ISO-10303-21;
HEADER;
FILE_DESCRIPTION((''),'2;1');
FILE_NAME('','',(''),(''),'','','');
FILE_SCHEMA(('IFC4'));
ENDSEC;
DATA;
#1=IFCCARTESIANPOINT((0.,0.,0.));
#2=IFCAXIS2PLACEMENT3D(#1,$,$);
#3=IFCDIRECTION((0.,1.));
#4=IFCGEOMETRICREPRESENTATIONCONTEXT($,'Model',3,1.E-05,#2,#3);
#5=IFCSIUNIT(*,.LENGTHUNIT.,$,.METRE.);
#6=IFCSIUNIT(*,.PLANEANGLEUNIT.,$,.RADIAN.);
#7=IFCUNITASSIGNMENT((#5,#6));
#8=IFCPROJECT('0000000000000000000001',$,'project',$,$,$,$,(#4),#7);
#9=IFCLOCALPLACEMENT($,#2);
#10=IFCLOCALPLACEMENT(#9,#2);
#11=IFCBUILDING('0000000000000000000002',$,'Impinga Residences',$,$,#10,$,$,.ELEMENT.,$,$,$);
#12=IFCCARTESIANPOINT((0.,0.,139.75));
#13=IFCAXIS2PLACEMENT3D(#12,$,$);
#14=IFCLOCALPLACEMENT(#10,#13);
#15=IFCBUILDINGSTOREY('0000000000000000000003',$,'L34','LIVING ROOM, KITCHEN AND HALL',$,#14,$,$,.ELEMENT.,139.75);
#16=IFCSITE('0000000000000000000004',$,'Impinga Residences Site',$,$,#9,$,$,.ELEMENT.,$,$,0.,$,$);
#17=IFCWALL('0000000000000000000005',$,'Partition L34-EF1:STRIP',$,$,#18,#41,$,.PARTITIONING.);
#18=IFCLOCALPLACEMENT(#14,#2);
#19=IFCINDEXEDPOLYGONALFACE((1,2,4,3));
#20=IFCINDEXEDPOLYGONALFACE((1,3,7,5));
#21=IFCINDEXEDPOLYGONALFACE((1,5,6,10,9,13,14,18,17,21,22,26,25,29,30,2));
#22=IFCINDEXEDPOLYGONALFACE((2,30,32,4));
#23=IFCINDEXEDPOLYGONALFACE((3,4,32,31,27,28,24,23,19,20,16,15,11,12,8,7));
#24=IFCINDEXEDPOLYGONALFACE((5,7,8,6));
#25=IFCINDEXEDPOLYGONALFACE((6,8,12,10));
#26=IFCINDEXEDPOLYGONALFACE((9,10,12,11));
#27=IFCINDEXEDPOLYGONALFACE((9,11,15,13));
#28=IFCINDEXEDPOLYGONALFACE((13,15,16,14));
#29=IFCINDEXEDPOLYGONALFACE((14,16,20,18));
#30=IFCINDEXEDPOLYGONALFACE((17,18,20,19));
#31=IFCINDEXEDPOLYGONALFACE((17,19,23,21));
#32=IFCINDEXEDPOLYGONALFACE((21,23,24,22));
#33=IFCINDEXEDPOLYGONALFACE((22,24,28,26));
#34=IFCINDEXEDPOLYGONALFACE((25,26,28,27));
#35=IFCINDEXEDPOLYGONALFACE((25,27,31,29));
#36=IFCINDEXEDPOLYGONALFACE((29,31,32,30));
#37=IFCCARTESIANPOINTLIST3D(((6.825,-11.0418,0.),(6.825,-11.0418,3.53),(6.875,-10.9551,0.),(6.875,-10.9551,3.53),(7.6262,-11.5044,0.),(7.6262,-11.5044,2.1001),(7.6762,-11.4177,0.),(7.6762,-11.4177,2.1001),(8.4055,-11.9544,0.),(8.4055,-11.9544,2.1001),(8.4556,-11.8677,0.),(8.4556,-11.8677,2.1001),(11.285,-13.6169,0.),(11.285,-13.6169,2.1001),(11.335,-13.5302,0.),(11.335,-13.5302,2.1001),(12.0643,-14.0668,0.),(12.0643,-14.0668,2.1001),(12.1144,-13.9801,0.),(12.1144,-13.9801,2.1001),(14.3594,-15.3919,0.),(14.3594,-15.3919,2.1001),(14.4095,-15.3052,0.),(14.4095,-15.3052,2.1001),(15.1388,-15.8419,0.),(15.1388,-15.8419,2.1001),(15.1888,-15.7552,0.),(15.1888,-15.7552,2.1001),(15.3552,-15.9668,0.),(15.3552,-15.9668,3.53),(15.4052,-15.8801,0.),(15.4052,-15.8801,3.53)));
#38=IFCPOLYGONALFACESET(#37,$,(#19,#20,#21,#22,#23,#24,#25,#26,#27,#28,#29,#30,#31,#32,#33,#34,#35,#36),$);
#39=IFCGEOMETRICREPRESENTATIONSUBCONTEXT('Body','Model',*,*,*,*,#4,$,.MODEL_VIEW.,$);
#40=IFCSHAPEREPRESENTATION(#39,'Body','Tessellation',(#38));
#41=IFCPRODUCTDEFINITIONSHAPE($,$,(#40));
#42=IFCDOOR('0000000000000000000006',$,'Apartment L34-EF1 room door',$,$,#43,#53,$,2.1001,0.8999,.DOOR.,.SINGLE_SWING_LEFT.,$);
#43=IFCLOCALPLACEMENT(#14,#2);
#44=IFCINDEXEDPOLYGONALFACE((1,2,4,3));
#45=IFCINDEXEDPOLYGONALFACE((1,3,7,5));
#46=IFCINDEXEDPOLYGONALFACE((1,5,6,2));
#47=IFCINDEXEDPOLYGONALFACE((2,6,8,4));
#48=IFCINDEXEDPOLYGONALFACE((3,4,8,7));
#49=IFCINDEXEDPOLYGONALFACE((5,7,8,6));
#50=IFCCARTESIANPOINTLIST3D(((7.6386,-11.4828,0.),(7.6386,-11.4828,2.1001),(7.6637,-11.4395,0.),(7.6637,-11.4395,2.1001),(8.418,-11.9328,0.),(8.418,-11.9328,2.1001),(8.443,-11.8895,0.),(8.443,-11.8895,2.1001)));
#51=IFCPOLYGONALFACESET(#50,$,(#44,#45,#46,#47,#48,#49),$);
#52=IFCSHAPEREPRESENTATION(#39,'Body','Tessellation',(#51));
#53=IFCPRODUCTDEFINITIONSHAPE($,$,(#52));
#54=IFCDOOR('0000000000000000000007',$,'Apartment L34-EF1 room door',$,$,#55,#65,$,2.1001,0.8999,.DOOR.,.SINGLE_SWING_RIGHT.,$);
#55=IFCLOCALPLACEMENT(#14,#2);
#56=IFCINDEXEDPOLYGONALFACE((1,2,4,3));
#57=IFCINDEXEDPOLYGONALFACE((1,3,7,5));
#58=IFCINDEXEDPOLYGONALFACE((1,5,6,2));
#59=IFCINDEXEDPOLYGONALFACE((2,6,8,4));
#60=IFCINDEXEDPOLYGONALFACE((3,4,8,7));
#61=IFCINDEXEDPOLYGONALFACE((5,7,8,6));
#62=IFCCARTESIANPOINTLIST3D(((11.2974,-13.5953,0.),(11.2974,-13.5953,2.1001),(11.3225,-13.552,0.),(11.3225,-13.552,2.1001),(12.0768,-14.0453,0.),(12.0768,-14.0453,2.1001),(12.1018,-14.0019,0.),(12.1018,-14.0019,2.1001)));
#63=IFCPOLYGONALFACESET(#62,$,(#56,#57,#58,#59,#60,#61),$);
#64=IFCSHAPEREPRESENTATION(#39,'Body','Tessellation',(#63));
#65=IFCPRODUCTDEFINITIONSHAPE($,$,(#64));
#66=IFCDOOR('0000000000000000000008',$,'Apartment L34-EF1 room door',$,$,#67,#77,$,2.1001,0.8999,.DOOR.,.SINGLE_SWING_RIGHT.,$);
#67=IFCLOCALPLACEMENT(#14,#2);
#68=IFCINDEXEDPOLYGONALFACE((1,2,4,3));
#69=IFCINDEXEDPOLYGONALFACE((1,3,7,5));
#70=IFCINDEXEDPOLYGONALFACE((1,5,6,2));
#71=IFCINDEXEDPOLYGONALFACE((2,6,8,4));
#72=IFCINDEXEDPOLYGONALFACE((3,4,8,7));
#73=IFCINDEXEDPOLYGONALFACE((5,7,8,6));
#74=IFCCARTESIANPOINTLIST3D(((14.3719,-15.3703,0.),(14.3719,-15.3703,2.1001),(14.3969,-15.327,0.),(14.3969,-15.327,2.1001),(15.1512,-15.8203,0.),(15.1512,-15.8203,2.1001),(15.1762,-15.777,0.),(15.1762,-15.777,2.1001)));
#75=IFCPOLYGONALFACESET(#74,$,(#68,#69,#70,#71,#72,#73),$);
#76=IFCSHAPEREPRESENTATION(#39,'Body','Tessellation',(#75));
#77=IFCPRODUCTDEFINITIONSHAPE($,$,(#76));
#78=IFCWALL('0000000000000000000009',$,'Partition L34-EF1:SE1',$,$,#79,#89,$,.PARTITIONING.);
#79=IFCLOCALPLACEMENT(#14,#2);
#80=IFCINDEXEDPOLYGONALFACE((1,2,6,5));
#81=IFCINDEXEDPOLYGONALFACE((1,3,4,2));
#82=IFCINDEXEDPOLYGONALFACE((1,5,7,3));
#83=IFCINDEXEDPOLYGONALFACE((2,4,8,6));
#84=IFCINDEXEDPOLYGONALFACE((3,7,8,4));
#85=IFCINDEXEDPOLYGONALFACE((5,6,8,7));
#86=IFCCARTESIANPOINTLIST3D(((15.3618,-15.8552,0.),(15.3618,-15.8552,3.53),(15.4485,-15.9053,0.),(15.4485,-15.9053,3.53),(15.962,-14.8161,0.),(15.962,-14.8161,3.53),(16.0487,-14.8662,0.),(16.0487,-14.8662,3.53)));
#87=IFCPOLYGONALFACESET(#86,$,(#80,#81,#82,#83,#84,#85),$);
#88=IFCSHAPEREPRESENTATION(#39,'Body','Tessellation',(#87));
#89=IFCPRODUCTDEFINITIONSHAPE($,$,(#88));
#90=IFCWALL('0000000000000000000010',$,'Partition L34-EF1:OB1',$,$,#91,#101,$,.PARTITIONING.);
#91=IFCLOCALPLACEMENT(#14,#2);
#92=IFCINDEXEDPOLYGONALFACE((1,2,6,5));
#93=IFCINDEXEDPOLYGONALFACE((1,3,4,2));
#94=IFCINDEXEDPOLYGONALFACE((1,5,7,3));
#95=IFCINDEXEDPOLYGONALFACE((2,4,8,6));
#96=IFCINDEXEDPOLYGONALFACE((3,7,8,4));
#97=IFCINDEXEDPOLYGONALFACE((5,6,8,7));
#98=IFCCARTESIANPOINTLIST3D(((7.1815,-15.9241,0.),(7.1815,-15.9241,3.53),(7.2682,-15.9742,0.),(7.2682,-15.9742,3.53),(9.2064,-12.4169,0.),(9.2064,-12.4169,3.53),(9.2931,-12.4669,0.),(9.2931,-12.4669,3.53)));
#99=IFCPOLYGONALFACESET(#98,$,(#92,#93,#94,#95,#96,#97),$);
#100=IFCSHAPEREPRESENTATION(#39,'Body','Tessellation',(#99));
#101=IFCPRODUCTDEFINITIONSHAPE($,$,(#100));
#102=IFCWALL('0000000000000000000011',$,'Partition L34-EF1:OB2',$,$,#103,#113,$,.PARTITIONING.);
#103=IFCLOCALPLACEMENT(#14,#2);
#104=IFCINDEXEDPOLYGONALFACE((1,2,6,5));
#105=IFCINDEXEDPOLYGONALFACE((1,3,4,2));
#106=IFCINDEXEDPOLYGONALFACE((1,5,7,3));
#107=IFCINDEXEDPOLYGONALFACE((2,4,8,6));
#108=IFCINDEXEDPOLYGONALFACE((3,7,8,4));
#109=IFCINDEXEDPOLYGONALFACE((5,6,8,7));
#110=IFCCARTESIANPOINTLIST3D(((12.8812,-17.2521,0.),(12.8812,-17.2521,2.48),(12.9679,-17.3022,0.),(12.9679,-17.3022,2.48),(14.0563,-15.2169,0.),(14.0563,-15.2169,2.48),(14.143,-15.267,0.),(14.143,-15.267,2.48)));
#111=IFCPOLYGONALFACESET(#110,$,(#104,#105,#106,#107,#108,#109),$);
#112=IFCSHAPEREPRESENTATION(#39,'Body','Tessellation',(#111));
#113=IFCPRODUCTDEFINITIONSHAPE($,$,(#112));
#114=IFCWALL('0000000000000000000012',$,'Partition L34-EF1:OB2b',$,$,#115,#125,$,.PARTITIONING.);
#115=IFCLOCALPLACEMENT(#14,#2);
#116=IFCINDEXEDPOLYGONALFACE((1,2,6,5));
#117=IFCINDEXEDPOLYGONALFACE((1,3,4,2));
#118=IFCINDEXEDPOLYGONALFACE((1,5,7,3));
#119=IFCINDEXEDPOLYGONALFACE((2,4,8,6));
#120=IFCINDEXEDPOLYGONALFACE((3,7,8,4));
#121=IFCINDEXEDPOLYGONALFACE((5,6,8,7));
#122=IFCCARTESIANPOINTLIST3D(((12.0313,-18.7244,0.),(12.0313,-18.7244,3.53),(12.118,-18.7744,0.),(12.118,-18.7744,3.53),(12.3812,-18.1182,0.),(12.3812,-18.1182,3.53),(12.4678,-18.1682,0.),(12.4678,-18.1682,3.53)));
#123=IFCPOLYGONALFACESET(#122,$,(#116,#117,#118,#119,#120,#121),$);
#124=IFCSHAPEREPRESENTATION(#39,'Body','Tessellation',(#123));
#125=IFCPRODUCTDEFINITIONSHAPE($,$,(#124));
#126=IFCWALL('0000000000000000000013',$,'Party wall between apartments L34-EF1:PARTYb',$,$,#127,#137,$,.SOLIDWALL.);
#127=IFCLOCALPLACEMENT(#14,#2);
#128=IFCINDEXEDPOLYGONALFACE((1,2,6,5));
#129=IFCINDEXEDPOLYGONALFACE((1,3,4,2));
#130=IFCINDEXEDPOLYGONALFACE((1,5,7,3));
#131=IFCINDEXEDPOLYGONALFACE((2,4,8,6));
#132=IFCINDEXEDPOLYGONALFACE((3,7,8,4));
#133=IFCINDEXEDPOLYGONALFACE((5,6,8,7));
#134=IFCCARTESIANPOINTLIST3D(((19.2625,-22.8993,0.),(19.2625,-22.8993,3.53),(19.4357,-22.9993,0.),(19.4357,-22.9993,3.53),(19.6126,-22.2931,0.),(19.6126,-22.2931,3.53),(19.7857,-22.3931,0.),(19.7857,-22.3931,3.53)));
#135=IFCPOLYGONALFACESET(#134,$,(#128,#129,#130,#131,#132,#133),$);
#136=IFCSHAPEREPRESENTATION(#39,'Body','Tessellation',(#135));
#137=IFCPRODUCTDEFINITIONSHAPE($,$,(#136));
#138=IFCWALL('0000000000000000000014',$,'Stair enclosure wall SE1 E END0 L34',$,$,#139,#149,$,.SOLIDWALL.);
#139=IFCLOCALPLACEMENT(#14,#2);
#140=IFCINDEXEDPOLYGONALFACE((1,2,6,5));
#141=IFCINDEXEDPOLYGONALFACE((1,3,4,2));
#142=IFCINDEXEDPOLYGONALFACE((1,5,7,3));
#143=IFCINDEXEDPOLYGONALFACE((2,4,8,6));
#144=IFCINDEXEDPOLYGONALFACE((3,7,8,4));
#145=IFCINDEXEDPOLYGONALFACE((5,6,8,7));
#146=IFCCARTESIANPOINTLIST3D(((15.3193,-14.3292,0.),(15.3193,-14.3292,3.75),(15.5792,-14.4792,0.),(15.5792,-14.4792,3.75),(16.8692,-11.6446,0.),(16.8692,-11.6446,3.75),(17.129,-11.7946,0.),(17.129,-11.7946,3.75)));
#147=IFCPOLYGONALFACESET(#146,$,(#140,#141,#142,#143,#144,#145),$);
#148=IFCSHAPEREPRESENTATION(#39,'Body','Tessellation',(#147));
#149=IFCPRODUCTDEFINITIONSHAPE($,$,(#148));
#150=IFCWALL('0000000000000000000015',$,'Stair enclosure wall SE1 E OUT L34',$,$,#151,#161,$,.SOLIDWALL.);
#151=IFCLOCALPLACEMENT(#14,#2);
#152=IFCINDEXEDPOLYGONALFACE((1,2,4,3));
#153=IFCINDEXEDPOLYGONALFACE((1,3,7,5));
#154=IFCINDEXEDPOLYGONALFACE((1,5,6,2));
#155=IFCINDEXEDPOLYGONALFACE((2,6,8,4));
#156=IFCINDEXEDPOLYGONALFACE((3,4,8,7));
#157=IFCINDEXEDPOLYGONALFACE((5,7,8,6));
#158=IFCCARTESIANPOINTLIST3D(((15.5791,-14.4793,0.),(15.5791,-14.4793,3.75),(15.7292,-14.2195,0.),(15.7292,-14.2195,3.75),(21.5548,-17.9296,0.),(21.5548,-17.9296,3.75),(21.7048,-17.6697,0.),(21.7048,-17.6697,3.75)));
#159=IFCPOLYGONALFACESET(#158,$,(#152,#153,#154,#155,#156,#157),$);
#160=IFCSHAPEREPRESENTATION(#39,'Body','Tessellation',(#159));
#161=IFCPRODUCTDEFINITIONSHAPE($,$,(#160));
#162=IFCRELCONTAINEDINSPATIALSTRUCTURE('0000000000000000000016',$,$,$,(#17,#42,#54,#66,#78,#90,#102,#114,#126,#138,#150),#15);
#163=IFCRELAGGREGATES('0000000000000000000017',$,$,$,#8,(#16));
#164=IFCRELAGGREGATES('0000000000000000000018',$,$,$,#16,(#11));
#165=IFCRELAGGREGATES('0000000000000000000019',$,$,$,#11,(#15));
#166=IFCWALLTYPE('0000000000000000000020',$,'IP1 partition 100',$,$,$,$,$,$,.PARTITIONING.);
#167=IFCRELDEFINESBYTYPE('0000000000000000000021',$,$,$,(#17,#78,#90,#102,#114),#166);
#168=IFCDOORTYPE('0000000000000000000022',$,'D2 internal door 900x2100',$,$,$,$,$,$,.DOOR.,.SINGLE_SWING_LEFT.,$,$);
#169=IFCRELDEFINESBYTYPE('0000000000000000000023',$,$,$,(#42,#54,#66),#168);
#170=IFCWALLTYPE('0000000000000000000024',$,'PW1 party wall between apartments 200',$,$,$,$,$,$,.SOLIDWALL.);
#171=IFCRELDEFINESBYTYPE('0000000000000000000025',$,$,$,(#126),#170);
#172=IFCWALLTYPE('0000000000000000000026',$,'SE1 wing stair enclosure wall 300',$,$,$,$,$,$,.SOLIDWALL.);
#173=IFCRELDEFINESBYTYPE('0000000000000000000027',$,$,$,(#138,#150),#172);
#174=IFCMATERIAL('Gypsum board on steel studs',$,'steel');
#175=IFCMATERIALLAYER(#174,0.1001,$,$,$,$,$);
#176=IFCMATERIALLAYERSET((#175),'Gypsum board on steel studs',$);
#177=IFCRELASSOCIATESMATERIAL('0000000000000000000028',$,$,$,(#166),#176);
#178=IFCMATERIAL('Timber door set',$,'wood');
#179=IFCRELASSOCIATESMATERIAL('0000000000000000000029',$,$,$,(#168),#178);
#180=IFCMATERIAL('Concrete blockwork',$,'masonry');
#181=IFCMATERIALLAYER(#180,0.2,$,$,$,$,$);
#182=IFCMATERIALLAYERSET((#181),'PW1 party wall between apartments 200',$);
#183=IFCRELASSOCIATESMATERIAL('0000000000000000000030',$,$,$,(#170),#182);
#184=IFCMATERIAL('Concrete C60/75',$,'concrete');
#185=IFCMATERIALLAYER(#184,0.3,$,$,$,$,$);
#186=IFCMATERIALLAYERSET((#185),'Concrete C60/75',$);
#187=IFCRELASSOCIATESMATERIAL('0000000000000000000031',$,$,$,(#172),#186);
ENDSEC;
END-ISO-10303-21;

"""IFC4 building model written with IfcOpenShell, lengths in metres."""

from ifc_helpers import new_model, si_unit, direction, frame, frame_2d, origin, place, context, subcontext, project, spatial, rectangle, extrude, material, layer, layer_set, type_object, element, fill, save


model = new_model("IFC4")

# Units and contexts
model_context = context("Model", 3, precision=1e-05, world=origin(), true_north=direction((0.0, 1.0)))
body_context = subcontext(model_context, "Body", "Model", "MODEL_VIEW")
ifc_project = project(units=[si_unit("LENGTHUNIT", "METRE"), si_unit("PLANEANGLEUNIT", "RADIAN")], contexts=[model_context])

# Site, building, storey
site_placement = place(None, origin())
site = spatial("IfcSite", under=ifc_project, at=site_placement, Name="Impinga Residences Site", CompositionType="ELEMENT", RefElevation=0.0)
building_placement = place(site_placement, origin())
building = spatial("IfcBuilding", under=site, at=building_placement, Name="Impinga Residences", CompositionType="ELEMENT")
storey_placement = place(building_placement, frame((0.0, 0.0, 139.75)))
storey = spatial("IfcBuildingStorey", under=building, at=storey_placement, Name="L34", Description="LIVING ROOM, KITCHEN AND HALL", CompositionType="ELEMENT", Elevation=139.75)

# Shared definitions
ifc_material_1 = material(Name="Concrete C60/75", Category="concrete")

# Shared definitions
ifc_material_2 = material(Name="Gypsum board on steel studs", Category="steel")
ifc_layer_1 = layer(ifc_material_2, 0.1001)
ifc_layer_set_1 = layer_set([ifc_layer_1], Name="Gypsum board on steel studs")
wall_type_1 = type_object("IfcWallType", Name="IP1 partition 100", PredefinedType="PARTITIONING", material=ifc_layer_set_1)

# Wall, openings, doors
wall_1_placement = place(storey_placement, frame((6.8501, -10.9985, 0.0), z_axis=(0.0, 0.0, 1.0), x_axis=(0.866021, -0.500007, 0.0)))
wall_1 = element("IfcWall", 1, at=wall_1_placement, inside=storey, type_object=wall_type_1, Name="Partition L34-EF1:STRIP", PredefinedType="PARTITIONING", context=body_context, shape_type="SweptSolid", body=[
    extrude(rectangle(XDim=9.8499, YDim=0.1001, at=frame_2d((4.9248, 0.0))), origin(), (0.0, 0.0, 1.0), 3.53),
])
opening_1_placement = place(wall_1_placement, frame((0.925, 0.0, 0.0)))
opening_1 = element("IfcOpeningElement", 2, at=opening_1_placement, cuts=wall_1, PredefinedType="OPENING", context=body_context, shape_type="SweptSolid", body=[
    extrude(rectangle(XDim=0.8999, YDim=2.1001, at=frame_2d((0.45, 1.05))), frame((0.0, 0.0601, 0.0), z_axis=(0.0, -1.0, 0.0), x_axis=(1.0, 0.0, 0.0)), (0.0, 0.0, 1.0), 0.1201),
])
opening_2_placement = place(wall_1_placement, frame((5.1499, 0.0, 0.0)))
opening_2 = element("IfcOpeningElement", 3, at=opening_2_placement, cuts=wall_1, PredefinedType="OPENING", context=body_context, shape_type="SweptSolid", body=[
    extrude(rectangle(XDim=0.8999, YDim=2.1001, at=frame_2d((0.45, 1.05))), frame((0.0, 0.0601, 0.0), z_axis=(0.0, -1.0, 0.0), x_axis=(1.0, 0.0, 0.0)), (0.0, 0.0, 1.0), 0.1201),
])
opening_3_placement = place(wall_1_placement, frame((8.7, 0.0, 0.0)))
opening_3 = element("IfcOpeningElement", 4, at=opening_3_placement, cuts=wall_1, PredefinedType="OPENING", context=body_context, shape_type="SweptSolid", body=[
    extrude(rectangle(XDim=0.8999, YDim=2.1001, at=frame_2d((0.45, 1.05))), frame((0.0, 0.0601, 0.0), z_axis=(0.0, -1.0, 0.0), x_axis=(1.0, 0.0, 0.0)), (0.0, 0.0, 1.0), 0.1201),
])
ifc_material_3 = material(Name="Timber door set", Category="wood")
door_type = type_object("IfcDoorType", Name="D2 internal door 900x2100", OperationType="SINGLE_SWING_LEFT", PredefinedType="DOOR", material=ifc_material_3)
door_1_placement = place(opening_1_placement, origin())
door_1 = element("IfcDoor", 5, at=door_1_placement, inside=storey, type_object=door_type, Name="Apartment L34-EF1 room door", OperationType="SINGLE_SWING_LEFT", OverallHeight=2.1001, OverallWidth=0.8999, PredefinedType="DOOR", context=body_context, shape_type="SweptSolid", body=[
    extrude(rectangle(XDim=0.8999, YDim=2.1001, at=frame_2d((0.45, 1.05))), frame((0.0, 0.0249, 0.0), z_axis=(0.0, -1.0, 0.0), x_axis=(1.0, 0.0, 0.0)), (0.0, 0.0, 1.0), 0.05),
])
fill(opening_1, door_1)
door_2_placement = place(opening_2_placement, origin())
door_2 = element("IfcDoor", 6, at=door_2_placement, inside=storey, type_object=door_type, Name="Apartment L34-EF1 room door", OperationType="SINGLE_SWING_RIGHT", OverallHeight=2.1001, OverallWidth=0.8999, PredefinedType="DOOR", context=body_context, shape_type="SweptSolid", body=[
    extrude(rectangle(XDim=0.8999, YDim=2.1001, at=frame_2d((0.45, 1.05))), frame((0.0, 0.0249, 0.0), z_axis=(0.0, -1.0, 0.0), x_axis=(1.0, 0.0, 0.0)), (0.0, 0.0, 1.0), 0.05),
])
fill(opening_2, door_2)
door_3_placement = place(opening_3_placement, origin())
door_3 = element("IfcDoor", 7, at=door_3_placement, inside=storey, type_object=door_type, Name="Apartment L34-EF1 room door", OperationType="SINGLE_SWING_RIGHT", OverallHeight=2.1001, OverallWidth=0.8999, PredefinedType="DOOR", context=body_context, shape_type="SweptSolid", body=[
    extrude(rectangle(XDim=0.8999, YDim=2.1001, at=frame_2d((0.45, 1.05))), frame((0.0, 0.0249, 0.0), z_axis=(0.0, -1.0, 0.0), x_axis=(1.0, 0.0, 0.0)), (0.0, 0.0, 1.0), 0.05),
])
fill(opening_3, door_3)

# Walls
wall_2_placement = place(storey_placement, frame((16.0054, -14.8411, 0.0), z_axis=(0.0, 0.0, 1.0), x_axis=(-0.500122, -0.865955, 0.0)))
element("IfcWall", 8, at=wall_2_placement, inside=storey, type_object=wall_type_1, Name="Partition L34-EF1:SE1", PredefinedType="PARTITIONING", context=body_context, shape_type="SweptSolid", body=[
    extrude(rectangle(XDim=1.2, YDim=0.1001, at=frame_2d((0.6001, 0.0))), origin(), (0.0, 0.0, 1.0), 3.53),
])
wall_3_placement = place(storey_placement, frame((9.2498, -12.4419, 0.0), z_axis=(0.0, 0.0, 1.0), x_axis=(-0.49999, -0.866031, 0.0)))
element("IfcWall", 9, at=wall_3_placement, inside=storey, type_object=wall_type_1, Name="Partition L34-EF1:OB1", PredefinedType="PARTITIONING", context=body_context, shape_type="SweptSolid", body=[
    extrude(rectangle(XDim=4.0498, YDim=0.1001, at=frame_2d((2.0249, 0.0))), origin(), (0.0, 0.0, 1.0), 3.53),
])
wall_4_placement = place(storey_placement, frame((14.0996, -15.2419, 0.0), z_axis=(0.0, 0.0, 1.0), x_axis=(-0.500016, -0.866016, 0.0)))
element("IfcWall", 10, at=wall_4_placement, inside=storey, type_object=wall_type_1, Name="Partition L34-EF1:OB2", PredefinedType="PARTITIONING", context=body_context, shape_type="SweptSolid", body=[
    extrude(rectangle(XDim=2.3501, YDim=0.1001, at=frame_2d((1.175, 0.0))), origin(), (0.0, 0.0, 1.0), 2.48),
])
wall_5_placement = place(storey_placement, frame((12.4246, -18.1431, 0.0), z_axis=(0.0, 0.0, 1.0), x_axis=(-0.499853, -0.86611, 0.0)))
element("IfcWall", 11, at=wall_5_placement, inside=storey, type_object=wall_type_1, Name="Partition L34-EF1:OB2b", PredefinedType="PARTITIONING", context=body_context, shape_type="SweptSolid", body=[
    extrude(rectangle(XDim=0.7, YDim=0.1001, at=frame_2d((0.3501, 0.0))), origin(), (0.0, 0.0, 1.0), 3.53),
])
ifc_material_4 = material(Name="Concrete blockwork", Category="masonry")
ifc_layer_2 = layer(ifc_material_4, 0.2)
ifc_layer_set_2 = layer_set([ifc_layer_2], Name="PW1 party wall between apartments 200")
wall_type_2 = type_object("IfcWallType", Name="PW1 party wall between apartments 200", PredefinedType="SOLIDWALL", material=ifc_layer_set_2)
wall_6_placement = place(storey_placement, frame((19.6992, -22.343, 0.0), z_axis=(0.0, 0.0, 1.0), x_axis=(-0.500115, -0.865959, 0.0)))
element("IfcWall", 12, at=wall_6_placement, inside=storey, type_object=wall_type_2, Name="Party wall between apartments L34-EF1:PARTYb", PredefinedType="SOLIDWALL", context=body_context, shape_type="SweptSolid", body=[
    extrude(rectangle(XDim=0.7, YDim=0.2, at=frame_2d((0.3501, 0.0))), origin(), (0.0, 0.0, 1.0), 3.53),
])
ifc_layer_3 = layer(ifc_material_1, 0.3)
ifc_layer_set_3 = layer_set([ifc_layer_3], Name="Concrete C60/75")
wall_type_3 = type_object("IfcWallType", Name="SE1 wing stair enclosure wall 300", PredefinedType="SOLIDWALL", material=ifc_layer_set_3)
wall_7_placement = place(storey_placement, frame((16.999, -11.7197, 0.0), z_axis=(0.0, 0.0, 1.0), x_axis=(-0.499968, -0.866044, 0.0)))
element("IfcWall", 13, at=wall_7_placement, inside=storey, type_object=wall_type_3, Name="Stair enclosure wall SE1 E END0 L34", PredefinedType="SOLIDWALL", context=body_context, shape_type="SweptSolid", body=[
    extrude(rectangle(XDim=3.0999, YDim=0.3, at=frame_2d((1.5498, 0.0))), origin(), (0.0, 0.0, 1.0), 3.75),
])
wall_8_placement = place(storey_placement, frame((15.6541, -14.3494, 0.0), z_axis=(0.0, 0.0, 1.0), x_axis=(0.866014, -0.500021, 0.0)))
element("IfcWall", 14, at=wall_8_placement, inside=storey, type_object=wall_type_3, Name="Stair enclosure wall SE1 E OUT L34", PredefinedType="SOLIDWALL", context=body_context, shape_type="SweptSolid", body=[
    extrude(rectangle(XDim=6.9001, YDim=0.3, at=frame_2d((3.4502, 0.0))), origin(), (0.0, 0.0, 1.0), 3.75),
])

save(model, "model.ifc")
